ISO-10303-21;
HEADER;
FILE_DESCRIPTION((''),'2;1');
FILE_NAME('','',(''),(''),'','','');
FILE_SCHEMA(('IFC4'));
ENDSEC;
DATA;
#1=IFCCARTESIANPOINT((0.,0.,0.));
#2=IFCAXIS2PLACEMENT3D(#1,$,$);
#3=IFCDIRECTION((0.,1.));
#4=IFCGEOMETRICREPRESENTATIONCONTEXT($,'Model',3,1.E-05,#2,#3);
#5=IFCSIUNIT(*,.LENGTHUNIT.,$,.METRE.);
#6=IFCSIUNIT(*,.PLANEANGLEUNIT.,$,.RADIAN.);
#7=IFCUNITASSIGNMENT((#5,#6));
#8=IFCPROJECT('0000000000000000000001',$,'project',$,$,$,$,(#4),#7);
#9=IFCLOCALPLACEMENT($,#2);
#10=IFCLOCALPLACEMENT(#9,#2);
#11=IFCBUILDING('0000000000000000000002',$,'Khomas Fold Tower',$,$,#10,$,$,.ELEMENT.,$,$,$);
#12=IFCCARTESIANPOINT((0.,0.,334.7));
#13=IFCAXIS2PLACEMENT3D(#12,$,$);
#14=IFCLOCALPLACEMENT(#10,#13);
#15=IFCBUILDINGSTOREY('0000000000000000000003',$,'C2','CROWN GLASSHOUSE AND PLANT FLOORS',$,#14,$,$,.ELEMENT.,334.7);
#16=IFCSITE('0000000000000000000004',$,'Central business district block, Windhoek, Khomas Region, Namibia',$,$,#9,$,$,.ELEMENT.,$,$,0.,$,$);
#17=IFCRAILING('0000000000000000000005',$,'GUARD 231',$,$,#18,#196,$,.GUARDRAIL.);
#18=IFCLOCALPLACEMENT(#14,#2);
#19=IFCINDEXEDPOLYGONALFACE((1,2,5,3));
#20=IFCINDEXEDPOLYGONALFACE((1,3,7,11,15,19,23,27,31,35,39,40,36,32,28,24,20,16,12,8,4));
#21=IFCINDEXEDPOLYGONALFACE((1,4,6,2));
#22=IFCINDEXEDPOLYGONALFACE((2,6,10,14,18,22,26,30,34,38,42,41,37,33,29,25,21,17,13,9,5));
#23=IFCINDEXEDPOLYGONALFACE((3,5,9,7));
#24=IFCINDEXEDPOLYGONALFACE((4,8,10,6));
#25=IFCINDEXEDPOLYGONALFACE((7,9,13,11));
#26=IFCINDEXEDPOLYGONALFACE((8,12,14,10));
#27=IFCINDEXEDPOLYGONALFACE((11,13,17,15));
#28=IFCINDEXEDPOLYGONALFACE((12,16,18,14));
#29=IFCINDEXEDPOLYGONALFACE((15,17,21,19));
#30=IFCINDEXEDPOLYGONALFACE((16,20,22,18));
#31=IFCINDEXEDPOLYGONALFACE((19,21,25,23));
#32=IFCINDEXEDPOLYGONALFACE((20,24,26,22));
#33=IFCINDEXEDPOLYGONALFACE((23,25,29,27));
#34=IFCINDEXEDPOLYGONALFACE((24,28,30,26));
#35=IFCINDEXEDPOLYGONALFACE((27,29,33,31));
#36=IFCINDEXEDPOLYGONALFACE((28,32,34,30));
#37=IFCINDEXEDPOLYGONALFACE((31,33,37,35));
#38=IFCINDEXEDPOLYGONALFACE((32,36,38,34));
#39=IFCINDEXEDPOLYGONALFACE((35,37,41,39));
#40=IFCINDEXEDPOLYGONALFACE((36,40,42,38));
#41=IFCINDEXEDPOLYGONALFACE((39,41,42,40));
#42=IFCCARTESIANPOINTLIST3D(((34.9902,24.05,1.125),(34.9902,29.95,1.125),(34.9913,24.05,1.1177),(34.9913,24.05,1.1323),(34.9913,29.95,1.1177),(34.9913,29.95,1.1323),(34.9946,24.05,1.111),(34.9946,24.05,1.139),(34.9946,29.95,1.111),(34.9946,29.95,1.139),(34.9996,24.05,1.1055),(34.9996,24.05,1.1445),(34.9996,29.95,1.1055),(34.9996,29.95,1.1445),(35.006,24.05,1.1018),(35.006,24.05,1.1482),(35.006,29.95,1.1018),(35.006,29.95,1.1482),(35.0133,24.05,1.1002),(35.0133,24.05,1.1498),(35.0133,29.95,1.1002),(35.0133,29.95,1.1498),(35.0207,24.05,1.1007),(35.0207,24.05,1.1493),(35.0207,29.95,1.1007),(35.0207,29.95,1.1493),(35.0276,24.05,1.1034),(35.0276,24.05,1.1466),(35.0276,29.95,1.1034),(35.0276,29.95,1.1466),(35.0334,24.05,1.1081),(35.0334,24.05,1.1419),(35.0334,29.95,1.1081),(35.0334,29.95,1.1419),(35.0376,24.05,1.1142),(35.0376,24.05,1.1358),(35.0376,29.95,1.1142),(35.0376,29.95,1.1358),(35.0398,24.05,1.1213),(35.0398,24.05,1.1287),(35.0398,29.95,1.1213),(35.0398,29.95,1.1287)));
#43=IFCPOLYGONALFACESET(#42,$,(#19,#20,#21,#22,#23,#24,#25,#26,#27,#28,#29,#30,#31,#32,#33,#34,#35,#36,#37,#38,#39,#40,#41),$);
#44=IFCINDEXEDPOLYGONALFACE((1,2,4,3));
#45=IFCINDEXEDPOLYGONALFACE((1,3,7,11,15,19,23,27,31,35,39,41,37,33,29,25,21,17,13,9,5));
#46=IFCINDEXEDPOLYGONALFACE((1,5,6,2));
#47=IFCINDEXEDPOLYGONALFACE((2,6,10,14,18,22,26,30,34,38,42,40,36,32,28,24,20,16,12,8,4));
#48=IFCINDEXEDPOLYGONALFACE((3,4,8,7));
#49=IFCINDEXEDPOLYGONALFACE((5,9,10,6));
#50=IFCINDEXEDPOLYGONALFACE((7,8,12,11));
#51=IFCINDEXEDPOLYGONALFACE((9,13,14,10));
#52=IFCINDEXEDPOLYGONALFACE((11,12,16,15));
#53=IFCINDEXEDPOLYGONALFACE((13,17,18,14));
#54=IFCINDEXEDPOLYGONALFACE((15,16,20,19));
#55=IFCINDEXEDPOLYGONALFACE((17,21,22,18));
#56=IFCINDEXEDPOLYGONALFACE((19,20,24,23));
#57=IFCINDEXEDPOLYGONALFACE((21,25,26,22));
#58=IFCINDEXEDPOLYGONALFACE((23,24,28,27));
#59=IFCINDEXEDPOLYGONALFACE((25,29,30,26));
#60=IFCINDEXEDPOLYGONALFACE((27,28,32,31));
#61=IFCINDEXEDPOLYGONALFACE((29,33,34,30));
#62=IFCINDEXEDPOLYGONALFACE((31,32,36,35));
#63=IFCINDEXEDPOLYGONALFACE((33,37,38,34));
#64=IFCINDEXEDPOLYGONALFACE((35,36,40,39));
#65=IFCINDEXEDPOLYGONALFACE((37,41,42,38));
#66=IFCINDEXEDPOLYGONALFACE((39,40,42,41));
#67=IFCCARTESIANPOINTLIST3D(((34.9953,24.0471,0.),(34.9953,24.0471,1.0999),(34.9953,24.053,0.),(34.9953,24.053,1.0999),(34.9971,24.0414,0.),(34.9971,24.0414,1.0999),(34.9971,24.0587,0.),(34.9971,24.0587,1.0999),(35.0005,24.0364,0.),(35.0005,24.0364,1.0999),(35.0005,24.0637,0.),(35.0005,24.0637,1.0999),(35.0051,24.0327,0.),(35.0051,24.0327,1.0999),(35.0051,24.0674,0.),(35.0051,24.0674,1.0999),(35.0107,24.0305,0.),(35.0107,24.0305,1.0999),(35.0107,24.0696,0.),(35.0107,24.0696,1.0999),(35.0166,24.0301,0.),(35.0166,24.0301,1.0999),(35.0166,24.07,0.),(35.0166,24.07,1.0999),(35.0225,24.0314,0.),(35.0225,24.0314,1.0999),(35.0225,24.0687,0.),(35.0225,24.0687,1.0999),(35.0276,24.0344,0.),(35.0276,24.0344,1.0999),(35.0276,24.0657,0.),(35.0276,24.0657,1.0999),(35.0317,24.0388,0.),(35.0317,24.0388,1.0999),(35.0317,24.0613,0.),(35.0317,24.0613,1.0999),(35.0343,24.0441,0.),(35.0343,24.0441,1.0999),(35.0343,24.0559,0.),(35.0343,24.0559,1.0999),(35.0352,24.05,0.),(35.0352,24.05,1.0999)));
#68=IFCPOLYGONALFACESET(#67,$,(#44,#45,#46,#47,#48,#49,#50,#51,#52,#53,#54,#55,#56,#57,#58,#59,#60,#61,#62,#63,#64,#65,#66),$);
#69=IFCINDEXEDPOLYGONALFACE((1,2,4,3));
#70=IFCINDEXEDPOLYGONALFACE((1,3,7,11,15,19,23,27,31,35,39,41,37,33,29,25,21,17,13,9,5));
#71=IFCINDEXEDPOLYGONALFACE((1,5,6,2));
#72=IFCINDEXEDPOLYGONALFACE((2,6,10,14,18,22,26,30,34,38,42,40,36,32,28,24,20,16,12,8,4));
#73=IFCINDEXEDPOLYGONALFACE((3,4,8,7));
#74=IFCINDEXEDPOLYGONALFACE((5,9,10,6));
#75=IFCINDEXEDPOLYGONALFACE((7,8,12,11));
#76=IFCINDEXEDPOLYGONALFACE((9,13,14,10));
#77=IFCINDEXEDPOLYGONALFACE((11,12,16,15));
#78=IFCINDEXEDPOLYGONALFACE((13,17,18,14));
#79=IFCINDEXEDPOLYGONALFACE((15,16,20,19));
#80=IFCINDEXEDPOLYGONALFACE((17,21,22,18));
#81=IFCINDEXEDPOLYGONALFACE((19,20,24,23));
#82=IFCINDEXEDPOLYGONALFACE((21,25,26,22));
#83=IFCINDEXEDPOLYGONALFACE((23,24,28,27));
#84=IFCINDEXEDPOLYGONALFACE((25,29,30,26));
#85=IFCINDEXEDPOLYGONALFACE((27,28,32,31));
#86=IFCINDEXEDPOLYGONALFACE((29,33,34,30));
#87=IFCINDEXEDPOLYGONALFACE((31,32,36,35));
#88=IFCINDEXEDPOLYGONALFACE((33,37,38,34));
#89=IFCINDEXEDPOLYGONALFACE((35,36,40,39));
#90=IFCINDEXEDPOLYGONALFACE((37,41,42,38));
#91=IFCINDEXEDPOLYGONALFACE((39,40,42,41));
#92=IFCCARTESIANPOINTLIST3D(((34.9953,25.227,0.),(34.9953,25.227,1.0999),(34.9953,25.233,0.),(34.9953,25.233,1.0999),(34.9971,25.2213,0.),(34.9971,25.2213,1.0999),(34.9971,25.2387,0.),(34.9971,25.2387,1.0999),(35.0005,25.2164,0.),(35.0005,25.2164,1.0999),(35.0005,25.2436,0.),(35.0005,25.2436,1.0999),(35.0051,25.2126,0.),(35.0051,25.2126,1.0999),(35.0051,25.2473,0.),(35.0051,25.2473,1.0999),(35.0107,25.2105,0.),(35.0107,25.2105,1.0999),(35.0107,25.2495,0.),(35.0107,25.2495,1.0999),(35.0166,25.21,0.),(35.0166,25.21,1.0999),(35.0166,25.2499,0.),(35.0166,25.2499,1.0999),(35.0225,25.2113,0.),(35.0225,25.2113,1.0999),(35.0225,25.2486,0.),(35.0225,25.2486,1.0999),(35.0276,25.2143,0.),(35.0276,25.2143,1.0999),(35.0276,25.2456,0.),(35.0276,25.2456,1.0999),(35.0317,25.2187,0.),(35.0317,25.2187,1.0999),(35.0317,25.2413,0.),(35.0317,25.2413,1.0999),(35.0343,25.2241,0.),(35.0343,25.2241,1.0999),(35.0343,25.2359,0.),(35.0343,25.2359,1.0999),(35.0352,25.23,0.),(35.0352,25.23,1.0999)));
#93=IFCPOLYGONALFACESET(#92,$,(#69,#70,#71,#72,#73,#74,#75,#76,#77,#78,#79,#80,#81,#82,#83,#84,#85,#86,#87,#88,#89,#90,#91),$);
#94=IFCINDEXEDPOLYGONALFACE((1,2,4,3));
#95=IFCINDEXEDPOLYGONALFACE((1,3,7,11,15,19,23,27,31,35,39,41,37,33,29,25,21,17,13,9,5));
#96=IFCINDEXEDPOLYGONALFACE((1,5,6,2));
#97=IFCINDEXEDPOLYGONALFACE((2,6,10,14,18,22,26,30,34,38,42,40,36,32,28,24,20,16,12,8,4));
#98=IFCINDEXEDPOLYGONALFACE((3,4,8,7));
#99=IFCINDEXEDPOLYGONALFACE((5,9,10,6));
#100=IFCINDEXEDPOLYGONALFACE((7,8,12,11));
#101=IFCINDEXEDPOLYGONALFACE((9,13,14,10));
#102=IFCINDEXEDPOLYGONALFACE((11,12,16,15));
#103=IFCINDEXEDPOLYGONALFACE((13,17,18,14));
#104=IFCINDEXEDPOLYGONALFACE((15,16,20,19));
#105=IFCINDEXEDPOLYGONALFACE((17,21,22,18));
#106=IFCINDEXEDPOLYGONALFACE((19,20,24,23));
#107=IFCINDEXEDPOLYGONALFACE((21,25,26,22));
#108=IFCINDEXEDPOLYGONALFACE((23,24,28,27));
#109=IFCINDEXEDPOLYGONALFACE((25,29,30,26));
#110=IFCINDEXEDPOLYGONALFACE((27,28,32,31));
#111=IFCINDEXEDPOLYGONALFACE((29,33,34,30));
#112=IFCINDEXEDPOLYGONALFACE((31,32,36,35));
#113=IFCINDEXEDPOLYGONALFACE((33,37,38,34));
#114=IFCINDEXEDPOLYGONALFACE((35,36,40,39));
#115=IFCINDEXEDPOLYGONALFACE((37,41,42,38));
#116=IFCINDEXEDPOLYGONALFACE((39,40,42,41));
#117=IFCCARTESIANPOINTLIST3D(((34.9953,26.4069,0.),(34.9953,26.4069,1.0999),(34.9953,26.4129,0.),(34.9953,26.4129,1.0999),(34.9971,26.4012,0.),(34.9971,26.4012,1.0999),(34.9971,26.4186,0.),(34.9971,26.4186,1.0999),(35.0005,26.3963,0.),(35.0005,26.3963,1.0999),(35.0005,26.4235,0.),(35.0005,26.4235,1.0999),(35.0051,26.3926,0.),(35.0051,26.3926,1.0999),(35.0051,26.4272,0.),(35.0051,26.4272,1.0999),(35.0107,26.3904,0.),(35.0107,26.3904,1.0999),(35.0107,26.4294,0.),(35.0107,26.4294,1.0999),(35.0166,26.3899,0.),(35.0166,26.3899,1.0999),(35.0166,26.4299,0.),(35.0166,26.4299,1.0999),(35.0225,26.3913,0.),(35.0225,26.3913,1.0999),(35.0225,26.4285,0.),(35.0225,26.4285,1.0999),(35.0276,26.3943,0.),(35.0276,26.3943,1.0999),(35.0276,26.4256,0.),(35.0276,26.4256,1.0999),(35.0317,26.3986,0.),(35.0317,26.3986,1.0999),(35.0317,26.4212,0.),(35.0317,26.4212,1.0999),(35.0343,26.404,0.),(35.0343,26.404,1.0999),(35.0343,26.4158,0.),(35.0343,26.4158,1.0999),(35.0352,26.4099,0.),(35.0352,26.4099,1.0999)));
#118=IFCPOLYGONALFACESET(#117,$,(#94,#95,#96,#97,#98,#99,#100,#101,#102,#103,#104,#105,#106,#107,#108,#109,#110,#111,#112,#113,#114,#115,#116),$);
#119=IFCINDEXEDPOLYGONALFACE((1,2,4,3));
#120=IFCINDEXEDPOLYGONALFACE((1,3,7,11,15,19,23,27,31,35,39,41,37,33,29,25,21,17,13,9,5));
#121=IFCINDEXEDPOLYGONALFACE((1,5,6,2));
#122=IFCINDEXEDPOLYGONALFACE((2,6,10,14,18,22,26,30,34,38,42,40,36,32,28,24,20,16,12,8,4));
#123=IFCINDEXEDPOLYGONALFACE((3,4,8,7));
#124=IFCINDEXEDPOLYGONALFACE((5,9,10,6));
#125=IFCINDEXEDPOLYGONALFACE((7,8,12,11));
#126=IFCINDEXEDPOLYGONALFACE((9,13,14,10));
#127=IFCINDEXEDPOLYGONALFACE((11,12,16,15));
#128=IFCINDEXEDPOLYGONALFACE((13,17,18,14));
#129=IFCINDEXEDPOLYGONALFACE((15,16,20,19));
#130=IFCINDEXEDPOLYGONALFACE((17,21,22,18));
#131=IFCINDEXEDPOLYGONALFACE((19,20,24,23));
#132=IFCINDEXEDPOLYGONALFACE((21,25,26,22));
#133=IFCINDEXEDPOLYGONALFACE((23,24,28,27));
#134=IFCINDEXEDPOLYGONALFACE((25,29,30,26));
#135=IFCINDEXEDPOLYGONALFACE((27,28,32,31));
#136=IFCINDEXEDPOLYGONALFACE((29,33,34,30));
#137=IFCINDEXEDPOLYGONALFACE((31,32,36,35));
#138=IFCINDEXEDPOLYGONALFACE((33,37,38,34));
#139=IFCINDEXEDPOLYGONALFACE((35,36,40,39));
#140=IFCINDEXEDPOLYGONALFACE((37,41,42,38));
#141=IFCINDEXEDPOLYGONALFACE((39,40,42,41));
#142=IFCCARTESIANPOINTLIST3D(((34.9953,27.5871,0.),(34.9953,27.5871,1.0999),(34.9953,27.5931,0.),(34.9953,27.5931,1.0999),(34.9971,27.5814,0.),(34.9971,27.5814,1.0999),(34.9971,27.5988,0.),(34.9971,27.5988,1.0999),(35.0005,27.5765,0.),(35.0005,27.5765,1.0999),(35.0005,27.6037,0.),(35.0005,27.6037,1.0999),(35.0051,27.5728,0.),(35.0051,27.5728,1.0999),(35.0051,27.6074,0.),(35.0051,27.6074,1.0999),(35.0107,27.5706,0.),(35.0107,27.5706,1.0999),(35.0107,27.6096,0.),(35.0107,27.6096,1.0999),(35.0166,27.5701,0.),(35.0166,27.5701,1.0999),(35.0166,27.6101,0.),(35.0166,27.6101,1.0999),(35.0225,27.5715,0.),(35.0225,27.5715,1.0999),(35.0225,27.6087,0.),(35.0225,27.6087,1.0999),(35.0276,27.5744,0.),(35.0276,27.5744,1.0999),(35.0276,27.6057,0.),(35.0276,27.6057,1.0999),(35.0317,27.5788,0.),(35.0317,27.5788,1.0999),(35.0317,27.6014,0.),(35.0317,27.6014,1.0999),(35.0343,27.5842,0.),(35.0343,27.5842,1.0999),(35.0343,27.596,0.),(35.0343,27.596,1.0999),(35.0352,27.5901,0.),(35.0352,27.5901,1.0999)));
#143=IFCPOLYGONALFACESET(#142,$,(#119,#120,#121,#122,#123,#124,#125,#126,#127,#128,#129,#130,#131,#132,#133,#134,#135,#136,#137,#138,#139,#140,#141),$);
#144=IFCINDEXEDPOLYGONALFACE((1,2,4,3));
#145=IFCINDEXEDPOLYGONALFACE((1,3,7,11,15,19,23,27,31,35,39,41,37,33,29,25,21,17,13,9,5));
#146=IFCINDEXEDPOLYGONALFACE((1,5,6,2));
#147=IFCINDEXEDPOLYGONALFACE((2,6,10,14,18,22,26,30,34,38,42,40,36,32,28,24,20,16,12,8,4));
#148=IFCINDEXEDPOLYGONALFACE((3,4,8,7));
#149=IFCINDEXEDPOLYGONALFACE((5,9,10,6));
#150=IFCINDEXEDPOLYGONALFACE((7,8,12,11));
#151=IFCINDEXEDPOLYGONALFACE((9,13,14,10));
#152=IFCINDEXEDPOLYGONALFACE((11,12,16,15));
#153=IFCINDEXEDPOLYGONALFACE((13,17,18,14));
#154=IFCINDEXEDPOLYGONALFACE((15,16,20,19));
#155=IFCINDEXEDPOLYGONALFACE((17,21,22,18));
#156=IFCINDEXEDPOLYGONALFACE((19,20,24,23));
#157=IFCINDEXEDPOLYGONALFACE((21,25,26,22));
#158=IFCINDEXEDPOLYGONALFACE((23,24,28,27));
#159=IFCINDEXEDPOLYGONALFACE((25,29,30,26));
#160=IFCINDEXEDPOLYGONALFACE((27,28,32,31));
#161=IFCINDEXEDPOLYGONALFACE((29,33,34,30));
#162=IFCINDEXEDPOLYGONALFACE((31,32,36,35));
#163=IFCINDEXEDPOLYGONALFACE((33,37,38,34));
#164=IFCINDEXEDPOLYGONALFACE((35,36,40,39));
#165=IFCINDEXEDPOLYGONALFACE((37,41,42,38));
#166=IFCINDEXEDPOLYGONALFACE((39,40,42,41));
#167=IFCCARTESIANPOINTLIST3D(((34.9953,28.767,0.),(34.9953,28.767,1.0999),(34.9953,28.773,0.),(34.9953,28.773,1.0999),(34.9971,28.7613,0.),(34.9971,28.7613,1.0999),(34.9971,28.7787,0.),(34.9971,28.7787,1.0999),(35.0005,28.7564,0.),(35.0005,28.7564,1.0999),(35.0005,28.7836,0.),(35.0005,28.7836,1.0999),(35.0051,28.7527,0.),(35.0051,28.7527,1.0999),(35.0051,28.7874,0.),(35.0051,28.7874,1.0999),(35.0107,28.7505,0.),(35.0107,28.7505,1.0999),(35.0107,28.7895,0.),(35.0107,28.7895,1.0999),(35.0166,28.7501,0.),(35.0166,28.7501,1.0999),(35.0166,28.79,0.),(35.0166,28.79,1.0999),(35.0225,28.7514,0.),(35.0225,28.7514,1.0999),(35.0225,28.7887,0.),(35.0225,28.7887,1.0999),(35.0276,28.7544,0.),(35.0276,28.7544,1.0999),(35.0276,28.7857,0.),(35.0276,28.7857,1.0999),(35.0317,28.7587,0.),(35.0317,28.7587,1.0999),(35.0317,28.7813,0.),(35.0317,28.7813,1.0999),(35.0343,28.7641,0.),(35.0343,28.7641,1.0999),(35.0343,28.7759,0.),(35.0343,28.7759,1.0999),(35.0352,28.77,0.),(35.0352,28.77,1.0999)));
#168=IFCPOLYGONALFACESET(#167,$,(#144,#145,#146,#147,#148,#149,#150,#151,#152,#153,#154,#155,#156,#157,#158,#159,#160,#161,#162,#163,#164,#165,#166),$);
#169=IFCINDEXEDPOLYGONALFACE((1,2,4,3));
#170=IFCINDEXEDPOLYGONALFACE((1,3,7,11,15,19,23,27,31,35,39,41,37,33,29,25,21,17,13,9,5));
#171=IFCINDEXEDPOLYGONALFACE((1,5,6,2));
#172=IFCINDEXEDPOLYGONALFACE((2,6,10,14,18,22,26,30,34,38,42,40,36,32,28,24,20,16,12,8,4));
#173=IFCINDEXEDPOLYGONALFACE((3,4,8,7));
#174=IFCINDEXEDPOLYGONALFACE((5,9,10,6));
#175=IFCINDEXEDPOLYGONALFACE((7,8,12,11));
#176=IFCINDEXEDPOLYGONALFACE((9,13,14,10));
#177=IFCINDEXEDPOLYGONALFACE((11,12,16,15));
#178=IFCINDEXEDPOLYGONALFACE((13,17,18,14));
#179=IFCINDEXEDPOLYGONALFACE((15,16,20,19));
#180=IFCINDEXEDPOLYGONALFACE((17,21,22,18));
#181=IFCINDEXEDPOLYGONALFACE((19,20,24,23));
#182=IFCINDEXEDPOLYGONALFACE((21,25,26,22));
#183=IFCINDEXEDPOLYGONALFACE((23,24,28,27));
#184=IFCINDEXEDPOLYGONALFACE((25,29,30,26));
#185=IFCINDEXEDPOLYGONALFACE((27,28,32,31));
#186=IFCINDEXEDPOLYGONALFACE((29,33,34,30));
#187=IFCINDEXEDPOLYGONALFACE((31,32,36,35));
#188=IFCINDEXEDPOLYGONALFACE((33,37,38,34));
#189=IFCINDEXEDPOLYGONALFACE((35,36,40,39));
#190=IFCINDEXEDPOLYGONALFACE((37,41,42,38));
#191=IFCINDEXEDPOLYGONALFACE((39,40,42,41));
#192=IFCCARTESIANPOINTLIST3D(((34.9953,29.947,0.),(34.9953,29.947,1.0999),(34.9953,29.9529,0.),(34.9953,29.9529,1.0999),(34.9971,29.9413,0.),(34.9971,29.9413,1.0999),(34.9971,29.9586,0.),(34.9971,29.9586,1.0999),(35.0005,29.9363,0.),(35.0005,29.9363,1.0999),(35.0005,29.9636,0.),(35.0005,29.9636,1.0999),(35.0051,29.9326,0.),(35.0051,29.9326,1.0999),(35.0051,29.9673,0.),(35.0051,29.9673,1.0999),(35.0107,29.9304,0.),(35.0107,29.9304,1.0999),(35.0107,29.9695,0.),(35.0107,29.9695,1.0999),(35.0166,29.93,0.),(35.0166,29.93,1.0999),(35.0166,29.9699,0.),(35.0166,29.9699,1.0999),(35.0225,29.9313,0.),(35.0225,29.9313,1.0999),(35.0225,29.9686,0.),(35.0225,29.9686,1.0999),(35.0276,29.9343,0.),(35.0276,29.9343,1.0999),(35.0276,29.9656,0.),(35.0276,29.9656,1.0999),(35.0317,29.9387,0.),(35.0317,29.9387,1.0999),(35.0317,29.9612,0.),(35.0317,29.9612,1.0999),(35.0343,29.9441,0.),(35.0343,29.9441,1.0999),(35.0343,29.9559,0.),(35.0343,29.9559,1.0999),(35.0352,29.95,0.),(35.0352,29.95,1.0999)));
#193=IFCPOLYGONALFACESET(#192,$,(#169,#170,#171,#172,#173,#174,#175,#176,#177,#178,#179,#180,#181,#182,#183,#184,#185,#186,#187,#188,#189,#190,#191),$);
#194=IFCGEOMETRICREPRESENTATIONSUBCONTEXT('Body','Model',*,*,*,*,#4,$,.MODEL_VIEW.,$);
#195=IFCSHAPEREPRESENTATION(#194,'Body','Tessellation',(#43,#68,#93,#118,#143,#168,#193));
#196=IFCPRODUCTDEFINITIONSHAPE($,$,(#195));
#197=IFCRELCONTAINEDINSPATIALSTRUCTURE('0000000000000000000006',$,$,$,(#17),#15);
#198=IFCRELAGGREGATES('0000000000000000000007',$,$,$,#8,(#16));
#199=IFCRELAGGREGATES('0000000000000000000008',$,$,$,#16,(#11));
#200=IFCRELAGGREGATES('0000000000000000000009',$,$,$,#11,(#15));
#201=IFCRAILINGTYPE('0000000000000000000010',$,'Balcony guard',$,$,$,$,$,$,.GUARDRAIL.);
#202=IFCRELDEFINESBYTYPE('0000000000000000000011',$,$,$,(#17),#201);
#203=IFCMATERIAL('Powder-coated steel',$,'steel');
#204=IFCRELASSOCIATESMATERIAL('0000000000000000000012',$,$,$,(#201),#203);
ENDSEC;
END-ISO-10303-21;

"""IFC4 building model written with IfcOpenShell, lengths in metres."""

from ifc_helpers import new_model, si_unit, direction, frame, origin, origin_2d, place, context, subcontext, project, spatial, circle, extrude, source, transform, mapped, material, type_object, element, save


model = new_model("IFC4")

# Units and contexts
model_context = context("Model", 3, precision=1e-05, world=origin(), true_north=direction((0.0, 1.0)))
body_context = subcontext(model_context, "Body", "Model", "MODEL_VIEW")
ifc_project = project(units=[si_unit("LENGTHUNIT", "METRE"), si_unit("PLANEANGLEUNIT", "RADIAN")], contexts=[model_context])

# Site, building, storey
site_placement = place(None, origin())
site = spatial("IfcSite", under=ifc_project, at=site_placement, Name="Central business district block, Windhoek, Khomas Region, Namibia", CompositionType="ELEMENT", RefElevation=0.0)
building_placement = place(site_placement, origin())
building = spatial("IfcBuilding", under=site, at=building_placement, Name="Khomas Fold Tower", CompositionType="ELEMENT")
storey_placement = place(building_placement, frame((0.0, 0.0, 334.7)))
storey = spatial("IfcBuildingStorey", under=building, at=storey_placement, Name="C2", Description="CROWN GLASSHOUSE AND PLANT FLOORS", CompositionType="ELEMENT", Elevation=334.7)

# Railing
ifc_material_1 = material(Name="Powder-coated steel", Category="steel")
railing_type = type_object("IfcRailingType", Name="Balcony guard", PredefinedType="GUARDRAIL", material=ifc_material_1)
shared_shape_1 = source(origin(), body_context, "Body", "SweptSolid", [
    extrude(circle(Radius=0.0249, at=origin_2d()), frame((0.0, 0.0, 1.125), z_axis=(0.0, 1.0, 0.0), x_axis=(-1.0, 0.0, 0.0)), (0.0, 0.0, 1.0), 5.8999),
    extrude(circle(Radius=0.02, at=origin_2d()), origin(), (0.0, 0.0, 1.0), 1.0999),
    extrude(circle(Radius=0.02, at=origin_2d()), frame((0.0, 1.1799, 0.0)), (0.0, 0.0, 1.0), 1.0999),
    extrude(circle(Radius=0.02, at=origin_2d()), frame((0.0, 2.3599, 0.0)), (0.0, 0.0, 1.0), 1.0999),
    extrude(circle(Radius=0.02, at=origin_2d()), frame((0.0, 3.54, 0.0)), (0.0, 0.0, 1.0), 1.0999),
    extrude(circle(Radius=0.02, at=origin_2d()), frame((0.0, 4.72, 0.0)), (0.0, 0.0, 1.0), 1.0999),
    extrude(circle(Radius=0.02, at=origin_2d()), frame((0.0, 5.8999, 0.0)), (0.0, 0.0, 1.0), 1.0999),
])
for number, where, name in (
    (1, (35.0151, 24.05, 0.0), "GUARD 231"),
):
    element("IfcRailing", number, at=place(storey_placement, frame(where)), inside=storey, type_object=railing_type, Name=name, PredefinedType="GUARDRAIL", context=body_context, shape_type="MappedRepresentation", body=[
        mapped(shared_shape_1, transform((0.0, 0.0, 0.0))),
    ])

save(model, "model.ifc")
